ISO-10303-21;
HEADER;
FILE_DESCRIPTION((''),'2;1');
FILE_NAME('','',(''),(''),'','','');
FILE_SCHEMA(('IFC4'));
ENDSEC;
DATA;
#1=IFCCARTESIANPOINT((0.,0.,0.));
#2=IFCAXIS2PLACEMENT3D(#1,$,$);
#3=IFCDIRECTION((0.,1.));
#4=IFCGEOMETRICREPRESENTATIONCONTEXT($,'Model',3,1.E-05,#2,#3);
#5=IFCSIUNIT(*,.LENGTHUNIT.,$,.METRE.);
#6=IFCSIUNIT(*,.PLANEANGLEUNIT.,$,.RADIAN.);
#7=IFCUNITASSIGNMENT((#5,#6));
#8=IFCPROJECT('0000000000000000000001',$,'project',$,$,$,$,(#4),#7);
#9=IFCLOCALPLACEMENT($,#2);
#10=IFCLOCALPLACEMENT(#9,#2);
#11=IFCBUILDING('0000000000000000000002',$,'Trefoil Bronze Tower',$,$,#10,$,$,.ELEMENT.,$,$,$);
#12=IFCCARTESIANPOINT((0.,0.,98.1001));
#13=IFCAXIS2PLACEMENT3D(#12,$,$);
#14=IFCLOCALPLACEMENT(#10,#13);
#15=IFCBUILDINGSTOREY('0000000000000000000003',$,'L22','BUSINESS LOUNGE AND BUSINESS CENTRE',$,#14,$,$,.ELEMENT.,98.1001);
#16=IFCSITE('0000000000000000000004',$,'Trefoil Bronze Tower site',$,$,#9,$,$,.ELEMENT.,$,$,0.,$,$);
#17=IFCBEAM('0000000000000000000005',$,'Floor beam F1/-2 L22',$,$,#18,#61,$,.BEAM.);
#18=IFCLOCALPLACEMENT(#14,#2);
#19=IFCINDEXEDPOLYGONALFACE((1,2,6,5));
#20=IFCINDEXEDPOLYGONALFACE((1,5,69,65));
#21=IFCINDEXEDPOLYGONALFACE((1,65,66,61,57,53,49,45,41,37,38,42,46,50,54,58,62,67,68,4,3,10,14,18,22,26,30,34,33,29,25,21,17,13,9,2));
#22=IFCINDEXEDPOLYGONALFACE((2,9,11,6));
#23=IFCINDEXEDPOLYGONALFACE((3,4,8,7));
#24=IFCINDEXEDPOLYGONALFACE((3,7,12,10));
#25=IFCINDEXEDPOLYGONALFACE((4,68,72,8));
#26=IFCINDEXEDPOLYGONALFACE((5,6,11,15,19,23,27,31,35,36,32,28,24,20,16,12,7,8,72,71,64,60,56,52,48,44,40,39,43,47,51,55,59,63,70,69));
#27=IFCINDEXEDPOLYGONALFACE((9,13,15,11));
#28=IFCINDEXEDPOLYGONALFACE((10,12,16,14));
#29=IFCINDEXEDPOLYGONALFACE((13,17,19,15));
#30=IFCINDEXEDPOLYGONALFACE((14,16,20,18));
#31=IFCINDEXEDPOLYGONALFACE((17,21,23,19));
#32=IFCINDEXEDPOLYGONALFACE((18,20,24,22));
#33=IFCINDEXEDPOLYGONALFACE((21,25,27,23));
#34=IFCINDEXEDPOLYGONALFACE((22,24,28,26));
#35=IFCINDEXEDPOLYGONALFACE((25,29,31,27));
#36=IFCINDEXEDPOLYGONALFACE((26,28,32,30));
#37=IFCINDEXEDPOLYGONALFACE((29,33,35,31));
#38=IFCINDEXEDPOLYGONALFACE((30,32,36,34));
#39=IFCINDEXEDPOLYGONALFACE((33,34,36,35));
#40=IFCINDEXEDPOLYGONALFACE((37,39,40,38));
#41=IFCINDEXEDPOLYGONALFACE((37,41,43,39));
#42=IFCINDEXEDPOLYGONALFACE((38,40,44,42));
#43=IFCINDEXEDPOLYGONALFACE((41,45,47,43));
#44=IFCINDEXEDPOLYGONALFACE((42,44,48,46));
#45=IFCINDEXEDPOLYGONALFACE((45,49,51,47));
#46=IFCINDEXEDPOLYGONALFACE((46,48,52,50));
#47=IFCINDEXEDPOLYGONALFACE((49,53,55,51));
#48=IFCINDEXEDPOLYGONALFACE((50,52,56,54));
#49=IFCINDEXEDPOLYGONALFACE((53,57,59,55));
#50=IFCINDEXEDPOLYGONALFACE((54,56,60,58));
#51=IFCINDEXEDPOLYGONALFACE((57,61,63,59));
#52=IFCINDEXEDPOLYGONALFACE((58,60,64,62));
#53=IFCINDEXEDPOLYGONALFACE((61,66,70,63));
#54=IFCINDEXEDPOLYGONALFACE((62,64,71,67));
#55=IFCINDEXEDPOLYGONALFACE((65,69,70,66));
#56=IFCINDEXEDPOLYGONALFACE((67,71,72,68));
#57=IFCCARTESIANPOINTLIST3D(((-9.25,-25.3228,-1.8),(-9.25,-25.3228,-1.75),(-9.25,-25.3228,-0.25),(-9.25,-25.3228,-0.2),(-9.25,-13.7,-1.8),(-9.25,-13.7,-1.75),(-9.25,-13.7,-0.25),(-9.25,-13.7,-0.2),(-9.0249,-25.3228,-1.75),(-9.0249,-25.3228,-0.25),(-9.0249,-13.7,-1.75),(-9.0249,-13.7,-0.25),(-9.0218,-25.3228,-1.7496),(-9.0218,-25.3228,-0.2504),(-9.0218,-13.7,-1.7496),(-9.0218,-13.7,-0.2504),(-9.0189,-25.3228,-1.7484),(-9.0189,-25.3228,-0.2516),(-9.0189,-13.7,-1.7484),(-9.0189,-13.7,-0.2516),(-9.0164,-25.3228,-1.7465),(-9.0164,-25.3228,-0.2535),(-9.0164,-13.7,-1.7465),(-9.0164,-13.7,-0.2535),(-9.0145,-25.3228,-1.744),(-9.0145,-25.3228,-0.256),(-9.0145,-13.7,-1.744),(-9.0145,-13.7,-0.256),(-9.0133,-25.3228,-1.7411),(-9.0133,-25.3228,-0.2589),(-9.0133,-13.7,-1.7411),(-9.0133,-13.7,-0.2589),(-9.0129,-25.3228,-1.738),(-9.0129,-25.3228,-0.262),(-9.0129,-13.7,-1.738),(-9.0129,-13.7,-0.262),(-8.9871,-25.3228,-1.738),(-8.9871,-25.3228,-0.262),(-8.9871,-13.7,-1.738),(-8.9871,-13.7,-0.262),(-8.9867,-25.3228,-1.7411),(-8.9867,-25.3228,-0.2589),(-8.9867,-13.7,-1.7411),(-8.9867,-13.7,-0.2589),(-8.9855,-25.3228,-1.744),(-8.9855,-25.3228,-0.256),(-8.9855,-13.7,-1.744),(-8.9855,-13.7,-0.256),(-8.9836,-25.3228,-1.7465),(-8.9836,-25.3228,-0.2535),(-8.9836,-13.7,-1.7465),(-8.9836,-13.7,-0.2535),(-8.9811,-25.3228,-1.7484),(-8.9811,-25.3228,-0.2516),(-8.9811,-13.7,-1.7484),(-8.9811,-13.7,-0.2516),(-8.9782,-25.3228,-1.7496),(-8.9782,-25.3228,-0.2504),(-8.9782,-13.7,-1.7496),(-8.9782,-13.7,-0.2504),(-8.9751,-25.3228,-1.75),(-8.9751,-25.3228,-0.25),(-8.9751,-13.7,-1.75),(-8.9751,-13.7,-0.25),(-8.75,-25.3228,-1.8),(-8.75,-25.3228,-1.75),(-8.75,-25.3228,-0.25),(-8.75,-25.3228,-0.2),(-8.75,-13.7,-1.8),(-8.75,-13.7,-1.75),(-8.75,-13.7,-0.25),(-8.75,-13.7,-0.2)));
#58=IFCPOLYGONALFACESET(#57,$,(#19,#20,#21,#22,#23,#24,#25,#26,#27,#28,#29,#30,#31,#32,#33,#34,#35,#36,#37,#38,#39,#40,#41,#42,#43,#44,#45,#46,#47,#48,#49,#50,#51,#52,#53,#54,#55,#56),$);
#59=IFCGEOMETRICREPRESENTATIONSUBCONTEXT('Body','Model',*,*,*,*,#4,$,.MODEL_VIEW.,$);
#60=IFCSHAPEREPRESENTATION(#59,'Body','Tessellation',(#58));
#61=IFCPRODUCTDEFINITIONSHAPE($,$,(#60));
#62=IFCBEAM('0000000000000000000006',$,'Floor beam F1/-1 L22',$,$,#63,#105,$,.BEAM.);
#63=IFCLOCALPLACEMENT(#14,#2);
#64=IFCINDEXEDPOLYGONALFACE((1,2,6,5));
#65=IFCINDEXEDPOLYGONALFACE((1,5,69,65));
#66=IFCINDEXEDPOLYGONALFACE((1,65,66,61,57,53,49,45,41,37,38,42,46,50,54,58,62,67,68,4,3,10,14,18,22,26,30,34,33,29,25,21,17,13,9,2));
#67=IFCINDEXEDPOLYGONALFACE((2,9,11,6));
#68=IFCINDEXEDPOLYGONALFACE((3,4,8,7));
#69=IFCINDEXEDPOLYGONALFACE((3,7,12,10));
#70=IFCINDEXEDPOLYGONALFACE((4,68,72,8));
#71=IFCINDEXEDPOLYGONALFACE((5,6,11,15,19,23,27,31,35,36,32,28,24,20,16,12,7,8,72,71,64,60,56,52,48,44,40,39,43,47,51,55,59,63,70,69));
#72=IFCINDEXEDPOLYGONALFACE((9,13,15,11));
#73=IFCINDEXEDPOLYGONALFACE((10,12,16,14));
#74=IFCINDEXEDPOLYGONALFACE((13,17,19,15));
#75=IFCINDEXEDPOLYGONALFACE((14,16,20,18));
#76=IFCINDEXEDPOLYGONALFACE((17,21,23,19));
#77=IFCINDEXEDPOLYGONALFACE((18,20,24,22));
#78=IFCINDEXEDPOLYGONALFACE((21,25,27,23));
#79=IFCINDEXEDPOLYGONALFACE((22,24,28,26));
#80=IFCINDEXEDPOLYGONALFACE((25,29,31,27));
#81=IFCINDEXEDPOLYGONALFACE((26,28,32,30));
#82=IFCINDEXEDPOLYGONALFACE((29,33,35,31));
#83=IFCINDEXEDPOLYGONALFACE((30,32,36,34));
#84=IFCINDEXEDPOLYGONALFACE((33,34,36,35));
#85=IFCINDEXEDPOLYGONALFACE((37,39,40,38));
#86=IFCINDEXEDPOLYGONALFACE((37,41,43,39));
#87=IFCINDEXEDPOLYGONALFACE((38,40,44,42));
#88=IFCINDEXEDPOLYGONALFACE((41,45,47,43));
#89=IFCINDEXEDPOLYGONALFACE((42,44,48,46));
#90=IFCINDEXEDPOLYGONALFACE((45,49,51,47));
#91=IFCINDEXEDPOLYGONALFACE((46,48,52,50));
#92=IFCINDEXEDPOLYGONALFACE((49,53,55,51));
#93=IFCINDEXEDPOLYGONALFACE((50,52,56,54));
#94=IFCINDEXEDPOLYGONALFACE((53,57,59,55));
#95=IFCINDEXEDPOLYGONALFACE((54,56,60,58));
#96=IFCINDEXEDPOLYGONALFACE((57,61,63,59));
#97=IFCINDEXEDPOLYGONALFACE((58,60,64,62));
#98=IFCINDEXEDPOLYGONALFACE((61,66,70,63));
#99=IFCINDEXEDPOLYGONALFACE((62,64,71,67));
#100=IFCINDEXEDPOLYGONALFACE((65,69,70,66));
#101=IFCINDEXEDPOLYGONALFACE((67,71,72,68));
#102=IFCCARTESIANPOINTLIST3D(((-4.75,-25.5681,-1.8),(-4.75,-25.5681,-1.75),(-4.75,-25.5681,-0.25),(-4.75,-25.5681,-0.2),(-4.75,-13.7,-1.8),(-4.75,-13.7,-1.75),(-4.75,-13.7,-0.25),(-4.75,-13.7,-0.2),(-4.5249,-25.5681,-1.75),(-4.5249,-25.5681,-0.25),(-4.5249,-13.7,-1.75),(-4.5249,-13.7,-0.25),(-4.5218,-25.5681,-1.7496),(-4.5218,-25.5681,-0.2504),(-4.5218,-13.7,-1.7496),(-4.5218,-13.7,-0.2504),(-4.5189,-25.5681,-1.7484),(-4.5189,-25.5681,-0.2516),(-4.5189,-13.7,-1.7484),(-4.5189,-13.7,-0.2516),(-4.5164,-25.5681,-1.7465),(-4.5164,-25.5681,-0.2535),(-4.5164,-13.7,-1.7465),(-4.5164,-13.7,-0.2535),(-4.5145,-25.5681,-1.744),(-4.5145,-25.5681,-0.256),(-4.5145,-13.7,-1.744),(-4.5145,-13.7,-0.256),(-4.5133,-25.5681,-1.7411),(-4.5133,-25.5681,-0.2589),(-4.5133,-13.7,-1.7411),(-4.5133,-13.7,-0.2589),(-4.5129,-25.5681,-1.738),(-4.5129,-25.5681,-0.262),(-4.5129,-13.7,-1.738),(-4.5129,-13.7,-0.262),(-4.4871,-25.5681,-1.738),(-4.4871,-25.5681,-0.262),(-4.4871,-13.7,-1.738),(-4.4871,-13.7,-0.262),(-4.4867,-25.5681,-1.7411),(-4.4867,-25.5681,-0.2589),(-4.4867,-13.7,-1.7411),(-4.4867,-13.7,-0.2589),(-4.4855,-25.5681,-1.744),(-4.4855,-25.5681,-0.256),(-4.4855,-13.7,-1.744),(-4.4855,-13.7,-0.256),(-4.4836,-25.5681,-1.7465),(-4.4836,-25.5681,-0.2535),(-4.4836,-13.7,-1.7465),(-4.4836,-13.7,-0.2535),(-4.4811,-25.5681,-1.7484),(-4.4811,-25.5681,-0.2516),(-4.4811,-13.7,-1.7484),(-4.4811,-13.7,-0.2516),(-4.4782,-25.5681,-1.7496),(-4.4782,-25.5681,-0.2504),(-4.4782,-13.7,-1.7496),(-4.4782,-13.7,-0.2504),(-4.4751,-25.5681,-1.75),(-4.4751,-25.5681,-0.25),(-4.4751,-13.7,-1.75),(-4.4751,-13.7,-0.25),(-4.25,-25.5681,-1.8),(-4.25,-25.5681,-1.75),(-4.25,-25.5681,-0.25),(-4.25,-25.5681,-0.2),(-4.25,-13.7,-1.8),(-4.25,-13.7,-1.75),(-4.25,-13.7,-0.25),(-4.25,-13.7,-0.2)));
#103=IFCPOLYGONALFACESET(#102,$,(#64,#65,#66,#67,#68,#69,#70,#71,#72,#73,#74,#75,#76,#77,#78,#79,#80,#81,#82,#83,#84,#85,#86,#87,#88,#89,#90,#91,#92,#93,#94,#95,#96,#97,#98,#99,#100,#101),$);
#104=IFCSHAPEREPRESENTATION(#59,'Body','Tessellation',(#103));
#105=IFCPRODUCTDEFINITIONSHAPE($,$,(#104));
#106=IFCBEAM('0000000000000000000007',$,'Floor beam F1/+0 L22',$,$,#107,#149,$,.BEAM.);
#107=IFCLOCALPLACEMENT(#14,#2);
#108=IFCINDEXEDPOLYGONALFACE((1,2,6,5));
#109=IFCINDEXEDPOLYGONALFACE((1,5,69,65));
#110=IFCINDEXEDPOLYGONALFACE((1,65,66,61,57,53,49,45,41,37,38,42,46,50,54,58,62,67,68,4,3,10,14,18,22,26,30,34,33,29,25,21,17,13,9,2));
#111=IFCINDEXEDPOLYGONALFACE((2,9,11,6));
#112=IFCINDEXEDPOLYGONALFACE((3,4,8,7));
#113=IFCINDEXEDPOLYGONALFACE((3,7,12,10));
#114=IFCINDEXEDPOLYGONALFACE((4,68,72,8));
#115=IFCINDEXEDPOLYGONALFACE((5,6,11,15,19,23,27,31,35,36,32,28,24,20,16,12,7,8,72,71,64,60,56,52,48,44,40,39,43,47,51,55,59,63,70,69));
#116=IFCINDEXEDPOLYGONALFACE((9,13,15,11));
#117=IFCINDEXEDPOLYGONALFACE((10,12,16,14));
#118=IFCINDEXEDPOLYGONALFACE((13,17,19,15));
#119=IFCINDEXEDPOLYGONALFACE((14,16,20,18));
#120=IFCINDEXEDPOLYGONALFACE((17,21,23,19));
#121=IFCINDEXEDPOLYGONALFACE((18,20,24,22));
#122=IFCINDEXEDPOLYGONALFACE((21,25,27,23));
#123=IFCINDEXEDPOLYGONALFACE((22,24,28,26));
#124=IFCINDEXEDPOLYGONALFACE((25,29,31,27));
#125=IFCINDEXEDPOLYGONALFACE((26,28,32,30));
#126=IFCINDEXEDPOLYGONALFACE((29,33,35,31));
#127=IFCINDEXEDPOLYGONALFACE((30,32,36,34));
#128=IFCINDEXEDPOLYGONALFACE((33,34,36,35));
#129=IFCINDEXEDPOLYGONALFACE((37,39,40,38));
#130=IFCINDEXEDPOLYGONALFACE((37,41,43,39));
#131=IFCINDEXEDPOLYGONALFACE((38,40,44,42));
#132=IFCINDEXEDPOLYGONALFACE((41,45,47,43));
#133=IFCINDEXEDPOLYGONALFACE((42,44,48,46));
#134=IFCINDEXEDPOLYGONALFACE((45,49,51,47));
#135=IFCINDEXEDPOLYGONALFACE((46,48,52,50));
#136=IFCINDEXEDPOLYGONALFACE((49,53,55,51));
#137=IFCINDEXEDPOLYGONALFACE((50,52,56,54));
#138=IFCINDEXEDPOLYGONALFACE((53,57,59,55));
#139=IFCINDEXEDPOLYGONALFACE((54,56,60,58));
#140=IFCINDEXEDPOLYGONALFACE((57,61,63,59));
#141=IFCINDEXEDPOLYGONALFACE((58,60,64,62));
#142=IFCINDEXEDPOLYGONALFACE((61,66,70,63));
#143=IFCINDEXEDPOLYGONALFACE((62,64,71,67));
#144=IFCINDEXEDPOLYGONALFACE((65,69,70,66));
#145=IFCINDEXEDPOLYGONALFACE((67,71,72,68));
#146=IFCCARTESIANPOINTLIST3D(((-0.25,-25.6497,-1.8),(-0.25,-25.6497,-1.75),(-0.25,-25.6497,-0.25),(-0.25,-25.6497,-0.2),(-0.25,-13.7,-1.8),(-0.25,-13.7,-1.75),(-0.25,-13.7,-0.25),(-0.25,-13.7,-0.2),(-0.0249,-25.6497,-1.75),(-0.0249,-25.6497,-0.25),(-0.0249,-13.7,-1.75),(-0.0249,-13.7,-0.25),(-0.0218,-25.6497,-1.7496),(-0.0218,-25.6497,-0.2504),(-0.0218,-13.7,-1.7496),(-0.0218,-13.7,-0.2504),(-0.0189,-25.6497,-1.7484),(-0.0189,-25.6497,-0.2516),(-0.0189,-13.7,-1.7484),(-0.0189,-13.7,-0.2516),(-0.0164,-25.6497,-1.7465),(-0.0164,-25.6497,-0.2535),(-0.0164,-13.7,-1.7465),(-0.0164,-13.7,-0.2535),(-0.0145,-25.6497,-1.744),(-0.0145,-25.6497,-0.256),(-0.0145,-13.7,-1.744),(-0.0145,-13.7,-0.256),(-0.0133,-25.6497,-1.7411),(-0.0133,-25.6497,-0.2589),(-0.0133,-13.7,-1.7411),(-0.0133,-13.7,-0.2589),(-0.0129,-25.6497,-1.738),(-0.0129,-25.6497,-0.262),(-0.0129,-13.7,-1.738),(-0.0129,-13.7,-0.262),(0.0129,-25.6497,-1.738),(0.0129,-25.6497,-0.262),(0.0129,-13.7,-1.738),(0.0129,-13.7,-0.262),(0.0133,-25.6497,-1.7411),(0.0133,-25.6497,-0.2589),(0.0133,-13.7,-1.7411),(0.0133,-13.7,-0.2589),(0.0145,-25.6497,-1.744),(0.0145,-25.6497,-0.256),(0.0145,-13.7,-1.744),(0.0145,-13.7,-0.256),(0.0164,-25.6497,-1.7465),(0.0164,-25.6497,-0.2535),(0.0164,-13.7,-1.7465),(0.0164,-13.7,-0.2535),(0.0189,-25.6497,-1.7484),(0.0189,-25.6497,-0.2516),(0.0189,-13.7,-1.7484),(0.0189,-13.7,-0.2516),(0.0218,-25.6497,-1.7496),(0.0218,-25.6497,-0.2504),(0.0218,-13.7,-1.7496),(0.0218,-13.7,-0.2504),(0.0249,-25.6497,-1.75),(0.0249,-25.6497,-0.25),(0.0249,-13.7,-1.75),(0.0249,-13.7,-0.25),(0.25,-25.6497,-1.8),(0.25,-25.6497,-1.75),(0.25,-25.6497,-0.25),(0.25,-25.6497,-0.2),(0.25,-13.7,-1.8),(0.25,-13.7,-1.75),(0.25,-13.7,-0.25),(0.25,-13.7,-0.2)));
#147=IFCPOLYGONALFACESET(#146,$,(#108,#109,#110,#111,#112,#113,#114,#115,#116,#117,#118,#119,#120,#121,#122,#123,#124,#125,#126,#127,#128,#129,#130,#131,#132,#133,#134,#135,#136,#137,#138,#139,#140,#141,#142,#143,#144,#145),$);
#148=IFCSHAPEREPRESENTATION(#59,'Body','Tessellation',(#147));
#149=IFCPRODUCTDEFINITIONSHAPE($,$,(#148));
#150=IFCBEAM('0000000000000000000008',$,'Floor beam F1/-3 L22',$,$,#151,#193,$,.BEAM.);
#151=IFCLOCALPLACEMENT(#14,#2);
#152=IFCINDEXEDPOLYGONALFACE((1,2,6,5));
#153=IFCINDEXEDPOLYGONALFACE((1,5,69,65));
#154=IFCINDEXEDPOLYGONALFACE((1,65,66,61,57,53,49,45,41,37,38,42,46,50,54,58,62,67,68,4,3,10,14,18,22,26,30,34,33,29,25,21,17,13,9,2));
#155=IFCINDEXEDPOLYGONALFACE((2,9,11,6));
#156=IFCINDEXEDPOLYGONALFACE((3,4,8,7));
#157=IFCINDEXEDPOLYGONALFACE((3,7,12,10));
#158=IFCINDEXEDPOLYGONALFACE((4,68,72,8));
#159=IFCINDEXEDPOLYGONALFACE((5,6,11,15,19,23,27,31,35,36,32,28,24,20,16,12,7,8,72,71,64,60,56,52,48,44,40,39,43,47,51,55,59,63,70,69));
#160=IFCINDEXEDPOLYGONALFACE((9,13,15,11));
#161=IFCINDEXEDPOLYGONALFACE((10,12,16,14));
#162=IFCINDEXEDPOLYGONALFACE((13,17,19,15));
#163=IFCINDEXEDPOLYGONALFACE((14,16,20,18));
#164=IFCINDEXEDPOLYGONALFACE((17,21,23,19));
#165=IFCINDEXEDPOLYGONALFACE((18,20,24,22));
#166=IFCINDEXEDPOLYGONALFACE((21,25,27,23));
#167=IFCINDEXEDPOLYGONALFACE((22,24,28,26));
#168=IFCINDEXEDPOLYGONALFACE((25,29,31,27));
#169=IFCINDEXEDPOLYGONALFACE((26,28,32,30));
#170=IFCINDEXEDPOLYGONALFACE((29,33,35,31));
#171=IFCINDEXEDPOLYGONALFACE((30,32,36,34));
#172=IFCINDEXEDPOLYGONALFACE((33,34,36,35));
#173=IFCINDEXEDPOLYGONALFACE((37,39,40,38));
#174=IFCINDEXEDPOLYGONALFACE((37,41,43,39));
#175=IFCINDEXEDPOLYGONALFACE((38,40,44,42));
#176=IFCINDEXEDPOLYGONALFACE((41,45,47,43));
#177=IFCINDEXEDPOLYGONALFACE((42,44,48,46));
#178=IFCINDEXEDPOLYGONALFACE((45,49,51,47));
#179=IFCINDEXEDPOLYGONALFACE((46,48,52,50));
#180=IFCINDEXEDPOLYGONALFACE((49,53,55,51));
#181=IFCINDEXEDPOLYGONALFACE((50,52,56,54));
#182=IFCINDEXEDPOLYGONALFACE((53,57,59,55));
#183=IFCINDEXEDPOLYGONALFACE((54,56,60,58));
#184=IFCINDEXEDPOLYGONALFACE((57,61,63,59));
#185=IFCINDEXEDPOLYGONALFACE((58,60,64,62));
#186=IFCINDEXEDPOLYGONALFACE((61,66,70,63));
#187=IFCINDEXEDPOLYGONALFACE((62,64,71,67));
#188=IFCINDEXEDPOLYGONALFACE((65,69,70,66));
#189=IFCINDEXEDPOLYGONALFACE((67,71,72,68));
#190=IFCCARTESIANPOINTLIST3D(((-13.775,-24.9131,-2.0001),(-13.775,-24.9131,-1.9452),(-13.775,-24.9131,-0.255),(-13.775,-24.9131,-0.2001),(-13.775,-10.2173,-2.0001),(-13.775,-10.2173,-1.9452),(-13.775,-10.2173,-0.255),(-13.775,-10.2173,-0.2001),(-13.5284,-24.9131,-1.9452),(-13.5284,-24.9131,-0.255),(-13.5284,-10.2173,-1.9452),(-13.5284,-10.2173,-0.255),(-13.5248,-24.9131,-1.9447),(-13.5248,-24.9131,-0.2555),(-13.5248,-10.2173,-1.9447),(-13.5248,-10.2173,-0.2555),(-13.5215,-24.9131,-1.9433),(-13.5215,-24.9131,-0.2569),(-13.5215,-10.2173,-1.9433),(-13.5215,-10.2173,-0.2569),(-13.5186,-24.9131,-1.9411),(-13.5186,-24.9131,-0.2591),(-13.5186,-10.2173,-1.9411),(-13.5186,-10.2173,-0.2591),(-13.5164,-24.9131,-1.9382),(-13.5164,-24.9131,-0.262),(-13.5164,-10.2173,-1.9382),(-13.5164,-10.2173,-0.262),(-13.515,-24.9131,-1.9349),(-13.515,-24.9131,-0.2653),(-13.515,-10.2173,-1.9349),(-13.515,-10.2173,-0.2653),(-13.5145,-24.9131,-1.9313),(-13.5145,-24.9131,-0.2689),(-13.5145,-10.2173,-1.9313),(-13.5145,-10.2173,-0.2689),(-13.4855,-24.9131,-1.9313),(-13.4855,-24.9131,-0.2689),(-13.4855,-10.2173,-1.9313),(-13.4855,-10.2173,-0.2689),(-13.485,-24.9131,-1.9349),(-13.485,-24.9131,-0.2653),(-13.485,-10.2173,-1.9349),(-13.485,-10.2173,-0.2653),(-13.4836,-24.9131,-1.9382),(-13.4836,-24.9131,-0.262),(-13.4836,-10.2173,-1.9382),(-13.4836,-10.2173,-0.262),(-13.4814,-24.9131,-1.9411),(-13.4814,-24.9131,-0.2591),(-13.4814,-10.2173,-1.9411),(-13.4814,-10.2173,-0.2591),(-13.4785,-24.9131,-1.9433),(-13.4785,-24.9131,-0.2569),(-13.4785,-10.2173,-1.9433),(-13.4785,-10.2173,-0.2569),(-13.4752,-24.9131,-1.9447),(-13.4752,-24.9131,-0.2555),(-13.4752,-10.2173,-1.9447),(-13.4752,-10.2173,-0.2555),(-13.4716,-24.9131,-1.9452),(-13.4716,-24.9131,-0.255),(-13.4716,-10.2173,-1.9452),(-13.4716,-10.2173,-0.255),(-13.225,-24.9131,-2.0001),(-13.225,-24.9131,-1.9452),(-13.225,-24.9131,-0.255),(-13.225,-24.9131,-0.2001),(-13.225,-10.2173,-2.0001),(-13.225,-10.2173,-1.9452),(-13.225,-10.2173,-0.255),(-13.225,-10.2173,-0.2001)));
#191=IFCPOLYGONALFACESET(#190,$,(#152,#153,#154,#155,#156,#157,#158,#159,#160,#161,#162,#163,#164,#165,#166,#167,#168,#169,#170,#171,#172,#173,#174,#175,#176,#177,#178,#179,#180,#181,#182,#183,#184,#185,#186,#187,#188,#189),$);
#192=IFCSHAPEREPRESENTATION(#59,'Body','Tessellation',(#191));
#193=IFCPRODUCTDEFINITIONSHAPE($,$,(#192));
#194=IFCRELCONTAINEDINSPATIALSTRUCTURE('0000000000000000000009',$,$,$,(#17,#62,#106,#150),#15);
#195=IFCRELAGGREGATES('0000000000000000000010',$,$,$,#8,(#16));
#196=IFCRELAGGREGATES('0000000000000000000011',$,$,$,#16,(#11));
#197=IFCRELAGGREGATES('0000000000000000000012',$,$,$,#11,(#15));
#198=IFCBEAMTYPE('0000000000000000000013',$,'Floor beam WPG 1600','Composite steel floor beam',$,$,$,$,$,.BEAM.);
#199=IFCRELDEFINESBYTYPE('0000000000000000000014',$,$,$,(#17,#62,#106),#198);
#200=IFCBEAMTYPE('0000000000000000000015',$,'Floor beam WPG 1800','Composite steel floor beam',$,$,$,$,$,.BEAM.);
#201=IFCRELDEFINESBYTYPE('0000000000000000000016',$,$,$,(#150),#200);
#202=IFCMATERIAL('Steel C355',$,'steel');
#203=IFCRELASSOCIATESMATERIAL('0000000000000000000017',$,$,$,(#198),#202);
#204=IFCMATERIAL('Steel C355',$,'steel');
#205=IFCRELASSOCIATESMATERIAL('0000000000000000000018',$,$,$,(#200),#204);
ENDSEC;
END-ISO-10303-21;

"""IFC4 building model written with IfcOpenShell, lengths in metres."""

from ifc_helpers import new_model, si_unit, direction, frame, origin, origin_2d, place, context, subcontext, project, spatial, i_section, extrude, material, material_profile, profile_set, type_object, element, save


model = new_model("IFC4")

# Units and contexts
model_context = context("Model", 3, precision=1e-05, world=origin(), true_north=direction((0.0, 1.0)))
body_context = subcontext(model_context, "Body", "Model", "MODEL_VIEW")
ifc_project = project(units=[si_unit("LENGTHUNIT", "METRE"), si_unit("PLANEANGLEUNIT", "RADIAN")], contexts=[model_context])

# Site, building, storey
site_placement = place(None, origin())
site = spatial("IfcSite", under=ifc_project, at=site_placement, Name="Trefoil Bronze Tower site", CompositionType="ELEMENT", RefElevation=0.0)
building_placement = place(site_placement, origin())
building = spatial("IfcBuilding", under=site, at=building_placement, Name="Trefoil Bronze Tower", CompositionType="ELEMENT")
storey_placement = place(building_placement, frame((0.0, 0.0, 98.1001)))
storey = spatial("IfcBuildingStorey", under=building, at=storey_placement, Name="L22", Description="BUSINESS LOUNGE AND BUSINESS CENTRE", CompositionType="ELEMENT", Elevation=98.1001)

# Beams
ifc_material_1 = material(Name="Steel C355", Category="steel")
ifc_material_profile_1 = material_profile(ifc_material_1, i_section(OverallWidth=0.5, OverallDepth=1.6001, WebThickness=0.0259, FlangeThickness=0.05, FilletRadius=0.012, at=origin_2d()), Name="WPG 1600")
ifc_profile_set_1 = profile_set([ifc_material_profile_1], Name="Steel C355")
beam_type_1 = type_object("IfcBeamType", Name="Floor beam WPG 1600", Description="Composite steel floor beam", PredefinedType="BEAM", material=ifc_profile_set_1)
beam_1_placement = place(storey_placement, frame((-9.0, -25.3228, -1.0), z_axis=(0.0, 1.0, 0.0), x_axis=(-1.0, 0.0, 0.0)))
element("IfcBeam", 1, at=beam_1_placement, inside=storey, type_object=beam_type_1, Name="Floor beam F1/-2 L22", PredefinedType="BEAM", context=body_context, shape_type="SweptSolid", body=[
    extrude(i_section(OverallWidth=0.5, OverallDepth=1.6001, WebThickness=0.0259, FlangeThickness=0.05, FilletRadius=0.012, at=origin_2d()), origin(), (0.0, 0.0, 1.0), 11.6228),
])
beam_2_placement = place(storey_placement, frame((-4.5, -25.5681, -1.0), z_axis=(0.0, 1.0, 0.0), x_axis=(-1.0, 0.0, 0.0)))
element("IfcBeam", 2, at=beam_2_placement, inside=storey, type_object=beam_type_1, Name="Floor beam F1/-1 L22", PredefinedType="BEAM", context=body_context, shape_type="SweptSolid", body=[
    extrude(i_section(OverallWidth=0.5, OverallDepth=1.6001, WebThickness=0.0259, FlangeThickness=0.05, FilletRadius=0.012, at=origin_2d()), origin(), (0.0, 0.0, 1.0), 11.8682),
])
beam_3_placement = place(storey_placement, frame((0.0, -25.6497, -1.0), z_axis=(0.0, 1.0, 0.0), x_axis=(-1.0, 0.0, 0.0)))
element("IfcBeam", 3, at=beam_3_placement, inside=storey, type_object=beam_type_1, Name="Floor beam F1/+0 L22", PredefinedType="BEAM", context=body_context, shape_type="SweptSolid", body=[
    extrude(i_section(OverallWidth=0.5, OverallDepth=1.6001, WebThickness=0.0259, FlangeThickness=0.05, FilletRadius=0.012, at=origin_2d()), origin(), (0.0, 0.0, 1.0), 11.9497),
])
ifc_material_2 = material(Name="Steel C355", Category="steel")
ifc_material_profile_2 = material_profile(ifc_material_2, i_section(OverallWidth=0.55, OverallDepth=1.8, WebThickness=0.0291, FlangeThickness=0.0549, FilletRadius=0.0139, at=origin_2d()), Name="WPG 1800")
ifc_profile_set_2 = profile_set([ifc_material_profile_2], Name="Steel C355")
beam_type_2 = type_object("IfcBeamType", Name="Floor beam WPG 1800", Description="Composite steel floor beam", PredefinedType="BEAM", material=ifc_profile_set_2)
beam_4_placement = place(storey_placement, frame((-13.5, -24.9131, -1.1001), z_axis=(0.0, 1.0, 0.0), x_axis=(-1.0, 0.0, 0.0)))
element("IfcBeam", 4, at=beam_4_placement, inside=storey, type_object=beam_type_2, Name="Floor beam F1/-3 L22", PredefinedType="BEAM", context=body_context, shape_type="SweptSolid", body=[
    extrude(i_section(OverallWidth=0.55, OverallDepth=1.8, WebThickness=0.0291, FlangeThickness=0.0549, FilletRadius=0.0139, at=origin_2d()), origin(), (0.0, 0.0, 1.0), 14.6958),
])

save(model, "model.ifc")
